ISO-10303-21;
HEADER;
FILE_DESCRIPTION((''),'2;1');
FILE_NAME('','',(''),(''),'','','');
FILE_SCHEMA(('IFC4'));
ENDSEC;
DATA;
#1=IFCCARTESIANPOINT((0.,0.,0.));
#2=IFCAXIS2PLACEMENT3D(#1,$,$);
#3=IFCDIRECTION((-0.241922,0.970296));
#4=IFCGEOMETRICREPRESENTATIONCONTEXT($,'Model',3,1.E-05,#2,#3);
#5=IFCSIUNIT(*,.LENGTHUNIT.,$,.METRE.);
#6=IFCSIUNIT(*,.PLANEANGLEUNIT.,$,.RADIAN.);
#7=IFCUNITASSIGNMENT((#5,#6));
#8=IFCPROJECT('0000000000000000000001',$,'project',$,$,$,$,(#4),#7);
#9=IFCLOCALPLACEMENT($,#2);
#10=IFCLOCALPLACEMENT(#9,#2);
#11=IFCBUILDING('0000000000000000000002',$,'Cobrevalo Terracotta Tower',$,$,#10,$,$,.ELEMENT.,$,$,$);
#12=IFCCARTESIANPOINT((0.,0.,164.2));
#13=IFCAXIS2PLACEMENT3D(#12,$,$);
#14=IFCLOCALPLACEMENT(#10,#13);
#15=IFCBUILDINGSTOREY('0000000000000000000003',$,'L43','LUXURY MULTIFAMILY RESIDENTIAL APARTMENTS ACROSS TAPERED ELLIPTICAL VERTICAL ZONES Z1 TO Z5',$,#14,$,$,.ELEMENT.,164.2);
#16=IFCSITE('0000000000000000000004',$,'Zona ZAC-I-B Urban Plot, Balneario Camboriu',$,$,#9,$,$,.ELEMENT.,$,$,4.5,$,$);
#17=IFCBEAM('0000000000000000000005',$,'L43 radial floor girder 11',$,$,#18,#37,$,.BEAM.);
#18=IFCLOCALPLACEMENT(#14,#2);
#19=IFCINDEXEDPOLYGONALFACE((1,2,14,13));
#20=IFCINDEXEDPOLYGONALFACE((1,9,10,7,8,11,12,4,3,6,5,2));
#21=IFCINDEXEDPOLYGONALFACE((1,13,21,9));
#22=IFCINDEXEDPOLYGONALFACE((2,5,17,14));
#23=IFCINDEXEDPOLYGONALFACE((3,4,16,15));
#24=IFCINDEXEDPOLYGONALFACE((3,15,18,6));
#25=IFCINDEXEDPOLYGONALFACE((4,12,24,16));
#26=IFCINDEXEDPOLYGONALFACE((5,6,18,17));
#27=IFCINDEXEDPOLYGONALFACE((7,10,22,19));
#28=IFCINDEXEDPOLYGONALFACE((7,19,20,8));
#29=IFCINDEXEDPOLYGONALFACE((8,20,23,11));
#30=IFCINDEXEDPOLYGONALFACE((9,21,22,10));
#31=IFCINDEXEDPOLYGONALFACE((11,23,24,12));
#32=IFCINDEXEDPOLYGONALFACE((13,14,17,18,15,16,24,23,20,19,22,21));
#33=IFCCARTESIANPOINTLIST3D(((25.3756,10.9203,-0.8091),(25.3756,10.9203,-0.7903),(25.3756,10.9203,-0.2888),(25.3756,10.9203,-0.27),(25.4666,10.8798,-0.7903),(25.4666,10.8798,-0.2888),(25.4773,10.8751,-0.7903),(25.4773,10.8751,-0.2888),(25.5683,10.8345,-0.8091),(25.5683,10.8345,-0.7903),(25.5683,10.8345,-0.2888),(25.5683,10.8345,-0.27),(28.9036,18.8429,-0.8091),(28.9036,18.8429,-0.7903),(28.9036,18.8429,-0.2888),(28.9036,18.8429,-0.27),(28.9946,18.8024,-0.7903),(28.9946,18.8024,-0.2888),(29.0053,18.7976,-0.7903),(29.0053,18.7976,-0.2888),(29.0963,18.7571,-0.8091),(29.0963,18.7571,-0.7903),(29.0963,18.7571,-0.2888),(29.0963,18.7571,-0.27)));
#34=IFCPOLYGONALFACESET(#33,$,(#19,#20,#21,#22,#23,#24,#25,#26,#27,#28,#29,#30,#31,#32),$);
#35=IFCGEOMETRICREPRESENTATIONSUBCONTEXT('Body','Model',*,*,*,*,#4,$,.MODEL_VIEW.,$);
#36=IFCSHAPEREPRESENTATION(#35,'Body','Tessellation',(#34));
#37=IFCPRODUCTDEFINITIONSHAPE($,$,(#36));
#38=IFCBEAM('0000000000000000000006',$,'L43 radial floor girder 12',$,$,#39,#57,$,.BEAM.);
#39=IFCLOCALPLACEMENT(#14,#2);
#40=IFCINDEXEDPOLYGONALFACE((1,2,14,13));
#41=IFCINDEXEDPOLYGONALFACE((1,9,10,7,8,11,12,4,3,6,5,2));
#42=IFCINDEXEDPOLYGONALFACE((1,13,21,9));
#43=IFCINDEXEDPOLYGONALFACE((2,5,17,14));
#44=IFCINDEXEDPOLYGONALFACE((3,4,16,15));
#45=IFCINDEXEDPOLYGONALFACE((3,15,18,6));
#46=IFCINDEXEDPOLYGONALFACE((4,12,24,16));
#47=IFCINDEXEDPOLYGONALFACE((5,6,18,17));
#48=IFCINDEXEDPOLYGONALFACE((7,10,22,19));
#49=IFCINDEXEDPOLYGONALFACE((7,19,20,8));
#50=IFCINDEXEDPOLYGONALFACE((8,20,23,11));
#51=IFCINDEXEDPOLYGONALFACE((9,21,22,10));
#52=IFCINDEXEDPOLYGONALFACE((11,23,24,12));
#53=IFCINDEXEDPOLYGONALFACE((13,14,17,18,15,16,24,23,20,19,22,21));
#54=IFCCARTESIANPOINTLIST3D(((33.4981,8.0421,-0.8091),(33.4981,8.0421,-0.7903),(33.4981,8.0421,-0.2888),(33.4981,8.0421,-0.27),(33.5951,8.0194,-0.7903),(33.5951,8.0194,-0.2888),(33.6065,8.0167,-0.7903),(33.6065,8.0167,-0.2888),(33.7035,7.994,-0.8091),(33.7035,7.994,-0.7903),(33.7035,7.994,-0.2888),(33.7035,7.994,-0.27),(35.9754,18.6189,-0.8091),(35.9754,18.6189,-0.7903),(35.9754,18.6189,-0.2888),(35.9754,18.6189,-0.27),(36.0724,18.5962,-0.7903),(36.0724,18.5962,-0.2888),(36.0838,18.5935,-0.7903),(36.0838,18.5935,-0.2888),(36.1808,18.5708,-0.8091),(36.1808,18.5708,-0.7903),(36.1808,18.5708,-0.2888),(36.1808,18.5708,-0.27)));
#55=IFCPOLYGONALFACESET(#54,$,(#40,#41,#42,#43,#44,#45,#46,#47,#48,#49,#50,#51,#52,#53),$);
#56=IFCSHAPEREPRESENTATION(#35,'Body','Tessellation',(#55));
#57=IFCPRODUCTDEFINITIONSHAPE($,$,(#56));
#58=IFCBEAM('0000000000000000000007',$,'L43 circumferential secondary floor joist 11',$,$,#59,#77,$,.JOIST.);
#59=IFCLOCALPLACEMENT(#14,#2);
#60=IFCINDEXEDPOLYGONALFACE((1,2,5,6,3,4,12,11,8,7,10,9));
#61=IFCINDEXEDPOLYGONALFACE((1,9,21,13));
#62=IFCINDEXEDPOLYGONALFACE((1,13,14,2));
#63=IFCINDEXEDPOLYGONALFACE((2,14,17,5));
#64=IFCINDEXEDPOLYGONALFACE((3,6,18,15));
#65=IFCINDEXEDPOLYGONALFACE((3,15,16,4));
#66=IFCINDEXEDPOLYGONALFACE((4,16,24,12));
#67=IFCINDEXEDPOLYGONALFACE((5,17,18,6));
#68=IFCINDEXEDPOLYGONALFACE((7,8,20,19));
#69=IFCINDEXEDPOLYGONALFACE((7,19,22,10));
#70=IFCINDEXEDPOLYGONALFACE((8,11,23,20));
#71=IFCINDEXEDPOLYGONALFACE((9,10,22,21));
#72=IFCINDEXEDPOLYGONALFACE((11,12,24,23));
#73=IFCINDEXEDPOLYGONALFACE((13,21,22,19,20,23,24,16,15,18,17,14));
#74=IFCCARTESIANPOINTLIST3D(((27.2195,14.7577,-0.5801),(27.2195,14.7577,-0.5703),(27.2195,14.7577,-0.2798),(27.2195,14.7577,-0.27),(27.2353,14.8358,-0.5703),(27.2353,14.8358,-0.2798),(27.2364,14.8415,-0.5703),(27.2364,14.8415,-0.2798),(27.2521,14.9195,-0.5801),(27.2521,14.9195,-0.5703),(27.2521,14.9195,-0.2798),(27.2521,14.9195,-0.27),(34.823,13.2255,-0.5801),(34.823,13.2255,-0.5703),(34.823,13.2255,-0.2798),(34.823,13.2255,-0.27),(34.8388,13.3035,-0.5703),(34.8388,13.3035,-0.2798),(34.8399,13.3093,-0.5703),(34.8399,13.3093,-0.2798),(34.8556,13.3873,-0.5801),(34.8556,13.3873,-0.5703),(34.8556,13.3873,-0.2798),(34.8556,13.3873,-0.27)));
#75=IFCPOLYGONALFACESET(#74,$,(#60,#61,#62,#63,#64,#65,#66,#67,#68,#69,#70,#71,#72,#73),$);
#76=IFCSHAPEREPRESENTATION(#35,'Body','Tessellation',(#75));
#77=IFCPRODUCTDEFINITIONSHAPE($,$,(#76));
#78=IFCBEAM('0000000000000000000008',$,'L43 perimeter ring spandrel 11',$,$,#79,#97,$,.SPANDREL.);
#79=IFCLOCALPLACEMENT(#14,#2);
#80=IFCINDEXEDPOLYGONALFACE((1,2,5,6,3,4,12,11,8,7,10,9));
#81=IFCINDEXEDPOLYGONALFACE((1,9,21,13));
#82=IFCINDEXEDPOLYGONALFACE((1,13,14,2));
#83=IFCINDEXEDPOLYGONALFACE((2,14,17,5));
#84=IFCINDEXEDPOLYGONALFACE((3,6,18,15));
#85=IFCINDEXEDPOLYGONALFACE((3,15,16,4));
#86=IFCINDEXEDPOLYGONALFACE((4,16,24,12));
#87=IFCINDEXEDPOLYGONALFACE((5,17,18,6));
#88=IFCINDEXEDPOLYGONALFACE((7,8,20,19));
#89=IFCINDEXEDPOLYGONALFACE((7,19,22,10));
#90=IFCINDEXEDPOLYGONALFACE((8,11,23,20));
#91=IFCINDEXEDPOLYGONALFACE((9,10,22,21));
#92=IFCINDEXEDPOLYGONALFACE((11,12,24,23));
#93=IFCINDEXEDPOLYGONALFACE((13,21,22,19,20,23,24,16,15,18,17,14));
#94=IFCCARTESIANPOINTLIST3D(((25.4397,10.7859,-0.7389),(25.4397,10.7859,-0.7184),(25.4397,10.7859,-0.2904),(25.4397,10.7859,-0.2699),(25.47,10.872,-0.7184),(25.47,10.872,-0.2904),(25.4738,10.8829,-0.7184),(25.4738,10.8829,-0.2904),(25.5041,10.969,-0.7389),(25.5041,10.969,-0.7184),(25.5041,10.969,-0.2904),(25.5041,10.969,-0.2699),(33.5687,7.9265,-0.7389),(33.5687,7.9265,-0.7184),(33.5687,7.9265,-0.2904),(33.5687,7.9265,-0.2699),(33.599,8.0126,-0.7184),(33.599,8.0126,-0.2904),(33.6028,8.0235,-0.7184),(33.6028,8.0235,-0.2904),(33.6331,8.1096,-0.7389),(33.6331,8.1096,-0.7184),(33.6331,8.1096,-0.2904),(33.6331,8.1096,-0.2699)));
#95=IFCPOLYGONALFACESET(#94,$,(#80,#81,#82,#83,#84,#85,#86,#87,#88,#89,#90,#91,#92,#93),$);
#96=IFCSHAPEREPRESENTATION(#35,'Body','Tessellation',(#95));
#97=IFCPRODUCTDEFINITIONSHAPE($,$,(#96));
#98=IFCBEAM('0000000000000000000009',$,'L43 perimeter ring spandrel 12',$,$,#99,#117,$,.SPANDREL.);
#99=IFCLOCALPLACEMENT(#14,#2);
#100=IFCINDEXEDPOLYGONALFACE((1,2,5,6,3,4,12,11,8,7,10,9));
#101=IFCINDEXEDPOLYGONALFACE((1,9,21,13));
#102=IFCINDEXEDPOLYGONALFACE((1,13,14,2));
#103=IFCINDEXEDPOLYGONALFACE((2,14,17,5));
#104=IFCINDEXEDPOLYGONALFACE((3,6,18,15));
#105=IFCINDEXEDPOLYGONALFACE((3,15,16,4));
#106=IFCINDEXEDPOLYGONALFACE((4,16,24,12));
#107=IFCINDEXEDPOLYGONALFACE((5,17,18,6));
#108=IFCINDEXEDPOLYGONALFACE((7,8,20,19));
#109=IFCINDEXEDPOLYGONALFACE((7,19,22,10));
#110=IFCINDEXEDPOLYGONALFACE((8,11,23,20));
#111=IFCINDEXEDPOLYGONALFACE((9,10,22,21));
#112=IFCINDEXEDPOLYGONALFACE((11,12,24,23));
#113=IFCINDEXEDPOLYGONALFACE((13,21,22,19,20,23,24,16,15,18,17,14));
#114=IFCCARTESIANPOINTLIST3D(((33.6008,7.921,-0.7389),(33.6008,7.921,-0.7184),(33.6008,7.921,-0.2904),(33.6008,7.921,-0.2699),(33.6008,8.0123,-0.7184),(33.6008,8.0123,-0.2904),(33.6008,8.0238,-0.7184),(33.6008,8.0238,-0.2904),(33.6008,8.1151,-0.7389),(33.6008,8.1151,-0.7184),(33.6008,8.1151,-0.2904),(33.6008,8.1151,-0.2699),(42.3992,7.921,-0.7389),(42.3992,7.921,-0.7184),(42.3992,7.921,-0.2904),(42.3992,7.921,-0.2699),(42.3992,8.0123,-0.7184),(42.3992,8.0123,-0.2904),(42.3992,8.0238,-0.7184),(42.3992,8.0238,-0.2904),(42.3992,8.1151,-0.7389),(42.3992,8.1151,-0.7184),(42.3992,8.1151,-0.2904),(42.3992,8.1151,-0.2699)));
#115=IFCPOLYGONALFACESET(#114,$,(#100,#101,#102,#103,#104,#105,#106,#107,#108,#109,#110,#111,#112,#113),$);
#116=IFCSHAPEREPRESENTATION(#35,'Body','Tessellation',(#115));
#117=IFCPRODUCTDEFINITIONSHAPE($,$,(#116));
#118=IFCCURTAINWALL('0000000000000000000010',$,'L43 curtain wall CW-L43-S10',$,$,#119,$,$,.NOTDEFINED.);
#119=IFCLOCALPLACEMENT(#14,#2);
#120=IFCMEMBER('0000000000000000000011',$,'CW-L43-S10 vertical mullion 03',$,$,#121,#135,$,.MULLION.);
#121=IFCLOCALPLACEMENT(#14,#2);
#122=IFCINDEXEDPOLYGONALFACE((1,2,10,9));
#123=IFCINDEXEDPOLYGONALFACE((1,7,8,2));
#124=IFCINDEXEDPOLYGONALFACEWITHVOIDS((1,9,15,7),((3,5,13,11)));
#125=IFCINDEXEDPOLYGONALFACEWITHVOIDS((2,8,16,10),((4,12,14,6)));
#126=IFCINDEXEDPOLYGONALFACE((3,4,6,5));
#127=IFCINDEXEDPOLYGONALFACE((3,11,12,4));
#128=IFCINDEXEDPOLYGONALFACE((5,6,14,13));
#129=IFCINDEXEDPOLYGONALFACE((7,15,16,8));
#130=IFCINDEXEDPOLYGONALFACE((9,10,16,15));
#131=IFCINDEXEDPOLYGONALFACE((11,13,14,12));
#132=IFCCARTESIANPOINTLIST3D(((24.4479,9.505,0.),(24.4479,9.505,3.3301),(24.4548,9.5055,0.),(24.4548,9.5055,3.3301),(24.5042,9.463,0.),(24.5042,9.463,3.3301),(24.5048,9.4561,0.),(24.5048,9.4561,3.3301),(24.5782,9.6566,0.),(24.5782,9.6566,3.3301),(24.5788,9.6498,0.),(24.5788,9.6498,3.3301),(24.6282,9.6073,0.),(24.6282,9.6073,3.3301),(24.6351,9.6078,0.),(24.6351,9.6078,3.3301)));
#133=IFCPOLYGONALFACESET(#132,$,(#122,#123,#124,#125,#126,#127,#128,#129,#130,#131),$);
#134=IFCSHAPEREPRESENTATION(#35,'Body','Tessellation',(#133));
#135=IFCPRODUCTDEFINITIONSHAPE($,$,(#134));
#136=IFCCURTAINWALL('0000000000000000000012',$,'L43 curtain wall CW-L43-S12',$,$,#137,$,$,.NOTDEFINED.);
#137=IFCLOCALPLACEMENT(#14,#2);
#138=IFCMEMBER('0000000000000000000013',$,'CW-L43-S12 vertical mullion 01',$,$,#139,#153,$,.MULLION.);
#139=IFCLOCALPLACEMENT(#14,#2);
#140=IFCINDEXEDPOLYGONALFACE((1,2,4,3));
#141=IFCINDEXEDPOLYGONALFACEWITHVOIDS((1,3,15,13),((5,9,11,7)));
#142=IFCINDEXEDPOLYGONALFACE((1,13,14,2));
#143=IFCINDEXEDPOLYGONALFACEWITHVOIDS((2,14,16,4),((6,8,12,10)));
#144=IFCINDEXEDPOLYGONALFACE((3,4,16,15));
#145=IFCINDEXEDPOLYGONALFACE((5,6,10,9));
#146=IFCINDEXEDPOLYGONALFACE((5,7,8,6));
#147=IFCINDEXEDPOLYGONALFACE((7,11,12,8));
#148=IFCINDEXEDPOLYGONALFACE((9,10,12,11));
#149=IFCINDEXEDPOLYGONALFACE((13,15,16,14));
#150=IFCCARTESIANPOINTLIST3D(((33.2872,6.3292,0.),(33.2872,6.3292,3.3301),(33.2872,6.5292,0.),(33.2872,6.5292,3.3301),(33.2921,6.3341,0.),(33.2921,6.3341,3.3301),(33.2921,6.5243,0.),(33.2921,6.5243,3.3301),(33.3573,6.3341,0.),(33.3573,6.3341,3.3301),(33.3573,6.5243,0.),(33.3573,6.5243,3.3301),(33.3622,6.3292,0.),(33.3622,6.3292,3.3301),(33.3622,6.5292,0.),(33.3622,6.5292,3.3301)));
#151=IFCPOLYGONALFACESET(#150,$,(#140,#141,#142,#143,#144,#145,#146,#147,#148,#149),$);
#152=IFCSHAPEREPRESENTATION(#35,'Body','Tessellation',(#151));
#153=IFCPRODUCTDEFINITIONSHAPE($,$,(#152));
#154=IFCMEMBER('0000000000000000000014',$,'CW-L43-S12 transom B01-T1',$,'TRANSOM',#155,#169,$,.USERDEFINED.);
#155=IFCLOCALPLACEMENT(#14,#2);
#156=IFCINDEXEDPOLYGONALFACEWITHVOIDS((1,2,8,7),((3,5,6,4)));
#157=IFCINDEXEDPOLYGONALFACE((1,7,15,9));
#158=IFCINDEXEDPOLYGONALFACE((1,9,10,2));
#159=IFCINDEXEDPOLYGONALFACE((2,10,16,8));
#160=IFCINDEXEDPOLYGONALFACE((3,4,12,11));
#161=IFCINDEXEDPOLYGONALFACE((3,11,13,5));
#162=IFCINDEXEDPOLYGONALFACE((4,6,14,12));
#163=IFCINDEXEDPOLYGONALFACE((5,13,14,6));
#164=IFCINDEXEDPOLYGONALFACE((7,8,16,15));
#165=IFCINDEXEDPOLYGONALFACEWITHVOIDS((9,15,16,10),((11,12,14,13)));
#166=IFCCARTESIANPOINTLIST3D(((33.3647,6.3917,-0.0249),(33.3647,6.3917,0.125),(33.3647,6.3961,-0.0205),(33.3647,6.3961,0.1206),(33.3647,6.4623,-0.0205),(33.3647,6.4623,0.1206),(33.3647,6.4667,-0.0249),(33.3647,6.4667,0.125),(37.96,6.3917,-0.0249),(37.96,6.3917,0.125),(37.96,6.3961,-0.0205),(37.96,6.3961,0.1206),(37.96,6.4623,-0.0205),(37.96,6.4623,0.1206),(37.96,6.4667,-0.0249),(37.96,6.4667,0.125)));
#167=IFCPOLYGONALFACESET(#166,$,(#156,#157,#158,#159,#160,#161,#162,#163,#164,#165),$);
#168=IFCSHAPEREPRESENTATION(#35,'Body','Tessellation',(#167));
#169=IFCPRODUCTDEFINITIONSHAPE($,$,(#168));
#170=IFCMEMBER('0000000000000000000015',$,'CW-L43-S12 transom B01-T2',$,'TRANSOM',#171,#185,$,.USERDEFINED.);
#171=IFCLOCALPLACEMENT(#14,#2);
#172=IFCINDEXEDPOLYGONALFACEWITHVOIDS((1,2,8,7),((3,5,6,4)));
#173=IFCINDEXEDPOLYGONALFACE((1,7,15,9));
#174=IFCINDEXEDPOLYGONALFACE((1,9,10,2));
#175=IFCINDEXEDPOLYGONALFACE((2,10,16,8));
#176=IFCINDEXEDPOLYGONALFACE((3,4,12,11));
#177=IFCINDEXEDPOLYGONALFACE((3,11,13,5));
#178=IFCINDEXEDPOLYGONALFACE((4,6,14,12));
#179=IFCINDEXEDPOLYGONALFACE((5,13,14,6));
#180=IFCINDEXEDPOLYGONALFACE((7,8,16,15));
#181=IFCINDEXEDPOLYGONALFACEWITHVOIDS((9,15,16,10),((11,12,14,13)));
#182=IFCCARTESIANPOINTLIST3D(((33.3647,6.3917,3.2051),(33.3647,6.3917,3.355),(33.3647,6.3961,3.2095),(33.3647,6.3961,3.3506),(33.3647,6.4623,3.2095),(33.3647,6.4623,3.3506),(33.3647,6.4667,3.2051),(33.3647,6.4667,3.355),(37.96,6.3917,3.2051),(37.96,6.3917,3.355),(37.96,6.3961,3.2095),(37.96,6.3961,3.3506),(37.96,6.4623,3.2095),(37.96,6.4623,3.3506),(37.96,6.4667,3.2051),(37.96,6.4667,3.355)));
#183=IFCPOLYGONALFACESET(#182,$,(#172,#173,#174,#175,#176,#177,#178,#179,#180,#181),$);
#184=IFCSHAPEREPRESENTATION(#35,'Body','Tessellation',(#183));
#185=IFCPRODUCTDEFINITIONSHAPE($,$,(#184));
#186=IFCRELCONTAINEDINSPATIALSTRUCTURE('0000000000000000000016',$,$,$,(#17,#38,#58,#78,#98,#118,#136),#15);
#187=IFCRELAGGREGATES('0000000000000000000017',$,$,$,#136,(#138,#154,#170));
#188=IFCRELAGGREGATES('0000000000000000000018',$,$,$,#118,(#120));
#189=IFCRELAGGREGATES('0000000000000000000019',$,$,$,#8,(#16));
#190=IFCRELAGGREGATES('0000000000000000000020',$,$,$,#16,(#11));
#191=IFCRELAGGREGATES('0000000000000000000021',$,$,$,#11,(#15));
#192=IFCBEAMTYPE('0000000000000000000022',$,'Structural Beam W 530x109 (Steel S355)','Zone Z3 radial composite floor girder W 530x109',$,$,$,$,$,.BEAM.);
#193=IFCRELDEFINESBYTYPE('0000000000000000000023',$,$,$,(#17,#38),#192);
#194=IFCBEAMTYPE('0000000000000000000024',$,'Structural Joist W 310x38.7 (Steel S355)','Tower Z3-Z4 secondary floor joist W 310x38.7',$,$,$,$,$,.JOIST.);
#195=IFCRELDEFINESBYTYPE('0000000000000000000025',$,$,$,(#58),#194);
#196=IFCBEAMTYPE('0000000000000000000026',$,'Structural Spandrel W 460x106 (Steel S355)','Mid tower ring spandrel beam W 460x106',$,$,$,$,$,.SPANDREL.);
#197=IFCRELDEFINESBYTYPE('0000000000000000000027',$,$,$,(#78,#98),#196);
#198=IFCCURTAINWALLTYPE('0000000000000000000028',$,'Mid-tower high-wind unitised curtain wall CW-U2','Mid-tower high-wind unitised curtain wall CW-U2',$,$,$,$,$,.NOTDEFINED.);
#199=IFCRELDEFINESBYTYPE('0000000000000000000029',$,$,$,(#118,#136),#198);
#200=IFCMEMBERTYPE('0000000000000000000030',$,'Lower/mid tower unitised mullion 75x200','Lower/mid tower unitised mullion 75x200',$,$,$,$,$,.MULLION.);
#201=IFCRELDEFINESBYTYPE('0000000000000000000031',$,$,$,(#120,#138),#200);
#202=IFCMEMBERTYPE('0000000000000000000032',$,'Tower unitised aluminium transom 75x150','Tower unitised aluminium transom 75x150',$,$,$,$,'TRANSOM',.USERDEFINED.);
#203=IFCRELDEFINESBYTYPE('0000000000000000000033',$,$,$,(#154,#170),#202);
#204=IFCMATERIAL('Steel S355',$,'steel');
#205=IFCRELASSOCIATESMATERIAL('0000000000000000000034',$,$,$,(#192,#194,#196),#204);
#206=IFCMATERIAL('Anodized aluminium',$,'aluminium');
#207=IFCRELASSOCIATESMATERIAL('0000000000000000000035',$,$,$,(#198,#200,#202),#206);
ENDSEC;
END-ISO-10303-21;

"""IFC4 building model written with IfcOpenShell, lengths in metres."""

from ifc_helpers import new_model, si_unit, direction, frame, origin, origin_2d, place, context, subcontext, project, spatial, hollow_rectangle, i_section, extrude, source, transform, mapped, material, material_profile, profile_set, type_object, element, aggregate, save


model = new_model("IFC4")

# Units and contexts
model_context = context("Model", 3, precision=1e-05, world=origin(), true_north=direction((-0.241922, 0.970296)))
body_context = subcontext(model_context, "Body", "Model", "MODEL_VIEW")
ifc_project = project(units=[si_unit("LENGTHUNIT", "METRE"), si_unit("PLANEANGLEUNIT", "RADIAN")], contexts=[model_context])

# Site, building, storey
site_placement = place(None, origin())
site = spatial("IfcSite", under=ifc_project, at=site_placement, Name="Zona ZAC-I-B Urban Plot, Balneario Camboriu", CompositionType="ELEMENT", RefElevation=4.5)
building_placement = place(site_placement, origin())
building = spatial("IfcBuilding", under=site, at=building_placement, Name="Cobrevalo Terracotta Tower", CompositionType="ELEMENT")
storey_placement = place(building_placement, frame((0.0, 0.0, 164.2)))
storey = spatial("IfcBuildingStorey", under=building, at=storey_placement, Name="L43", Description="LUXURY MULTIFAMILY RESIDENTIAL APARTMENTS ACROSS TAPERED ELLIPTICAL VERTICAL ZONES Z1 TO Z5", CompositionType="ELEMENT", Elevation=164.2)

# Shared definitions
ifc_material_1 = material(Name="Steel S355", Category="steel")

# Beams
ifc_material_profile_1 = material_profile(ifc_material_1, i_section(OverallWidth=0.2109, OverallDepth=0.5391, WebThickness=0.0117, FlangeThickness=0.0188, at=origin_2d()), Name="W 530x109")
ifc_profile_set_1 = profile_set([ifc_material_profile_1], Name="Steel S355")
beam_type_1 = type_object("IfcBeamType", Name="Structural Beam W 530x109 (Steel S355)", Description="Zone Z3 radial composite floor girder W 530x109", PredefinedType="BEAM", material=ifc_profile_set_1)
beam_1_placement = place(storey_placement, frame((25.4719, 10.8774, -0.5396), z_axis=(0.406804, 0.913515, 0.0), x_axis=(-0.913515, 0.406804, 0.0)))
element("IfcBeam", 1, at=beam_1_placement, inside=storey, type_object=beam_type_1, Name="L43 radial floor girder 11", PredefinedType="BEAM", context=body_context, shape_type="SweptSolid", body=[
    extrude(i_section(OverallWidth=0.2109, OverallDepth=0.5391, WebThickness=0.0117, FlangeThickness=0.0188, at=origin_2d()), origin(), (0.0, 0.0, 1.0), 8.6726),
])
beam_2_placement = place(storey_placement, frame((33.6008, 8.0181, -0.5396), z_axis=(0.228046, 0.97365, 0.0), x_axis=(-0.97365, 0.228046, 0.0)))
element("IfcBeam", 2, at=beam_2_placement, inside=storey, type_object=beam_type_1, Name="L43 radial floor girder 12", PredefinedType="BEAM", context=body_context, shape_type="SweptSolid", body=[
    extrude(i_section(OverallWidth=0.2109, OverallDepth=0.5391, WebThickness=0.0117, FlangeThickness=0.0188, at=origin_2d()), origin(), (0.0, 0.0, 1.0), 10.863),
])
ifc_material_profile_2 = material_profile(ifc_material_1, i_section(OverallWidth=0.165, OverallDepth=0.3101, WebThickness=0.0059, FlangeThickness=0.0098, at=origin_2d()), Name="W 310x38.7")
ifc_profile_set_2 = profile_set([ifc_material_profile_2], Name="Steel S355")
beam_type_2 = type_object("IfcBeamType", Name="Structural Joist W 310x38.7 (Steel S355)", Description="Tower Z3-Z4 secondary floor joist W 310x38.7", PredefinedType="JOIST", material=ifc_profile_set_2)
beam_3_placement = place(storey_placement, frame((27.2358, 14.8386, -0.425), z_axis=(0.980294, -0.197544, 0.0), x_axis=(0.197544, 0.980294, 0.0)))
element("IfcBeam", 3, at=beam_3_placement, inside=storey, type_object=beam_type_2, Name="L43 circumferential secondary floor joist 11", PredefinedType="JOIST", context=body_context, shape_type="SweptSolid", body=[
    extrude(i_section(OverallWidth=0.165, OverallDepth=0.3101, WebThickness=0.0059, FlangeThickness=0.0098, at=origin_2d()), origin(), (0.0, 0.0, 1.0), 7.7563),
])
ifc_material_profile_3 = material_profile(ifc_material_1, i_section(OverallWidth=0.1941, OverallDepth=0.469, WebThickness=0.0115, FlangeThickness=0.0205, at=origin_2d()), Name="W 460x106")
ifc_profile_set_3 = profile_set([ifc_material_profile_3], Name="Steel S355")
beam_type_3 = type_object("IfcBeamType", Name="Structural Spandrel W 460x106 (Steel S355)", Description="Mid tower ring spandrel beam W 460x106", PredefinedType="SPANDREL", material=ifc_profile_set_3)
beam_4_placement = place(storey_placement, frame((25.4719, 10.8774, -0.5044), z_axis=(0.943341, -0.331824, 0.0), x_axis=(0.331824, 0.943341, 0.0)))
element("IfcBeam", 4, at=beam_4_placement, inside=storey, type_object=beam_type_3, Name="L43 perimeter ring spandrel 11", PredefinedType="SPANDREL", context=body_context, shape_type="SweptSolid", body=[
    extrude(i_section(OverallWidth=0.1941, OverallDepth=0.469, WebThickness=0.0115, FlangeThickness=0.0205, at=origin_2d()), origin(), (0.0, 0.0, 1.0), 8.6172),
])
beam_5_placement = place(storey_placement, frame((33.6008, 8.0181, -0.5044), z_axis=(1.0, 0.0, 0.0), x_axis=(0.0, 1.0, 0.0)))
element("IfcBeam", 5, at=beam_5_placement, inside=storey, type_object=beam_type_3, Name="L43 perimeter ring spandrel 12", PredefinedType="SPANDREL", context=body_context, shape_type="SweptSolid", body=[
    extrude(i_section(OverallWidth=0.1941, OverallDepth=0.469, WebThickness=0.0115, FlangeThickness=0.0205, at=origin_2d()), origin(), (0.0, 0.0, 1.0), 8.7983),
])

# Curtain wall, member
ifc_material_2 = material(Name="Anodized aluminium", Category="aluminium")
curtain_wall_type = type_object("IfcCurtainWallType", Name="Mid-tower high-wind unitised curtain wall CW-U2", Description="Mid-tower high-wind unitised curtain wall CW-U2", PredefinedType="NOTDEFINED", material=ifc_material_2)
curtain_wall_1_placement = place(storey_placement, origin())
curtain_wall_1 = element("IfcCurtainWall", 6, at=curtain_wall_1_placement, inside=storey, type_object=curtain_wall_type, Name="L43 curtain wall CW-L43-S10", PredefinedType="NOTDEFINED")
ifc_material_profile_4 = material_profile(ifc_material_2, hollow_rectangle(XDim=0.075, YDim=0.2, WallThickness=0.0049, at=origin_2d()), Name="CWM 75x200")
ifc_profile_set_4 = profile_set([ifc_material_profile_4], Name="Anodized aluminium")
member_type_1 = type_object("IfcMemberType", Name="Lower/mid tower unitised mullion 75x200", Description="Lower/mid tower unitised mullion 75x200", PredefinedType="MULLION", material=ifc_profile_set_4)
shared_shape_1 = source(origin(), body_context, "Body", "SweptSolid", [
    extrude(hollow_rectangle(XDim=0.075, YDim=0.2, WallThickness=0.0049, at=origin_2d()), origin(), (0.0, 0.0, 1.0), 3.3301),
])
member_1_placement = place(storey_placement, frame((24.5415, 9.5564, 0.0), z_axis=(0.0, 0.0, 1.0), x_axis=(0.758442, -0.651741, 0.0)))
member_1 = element("IfcMember", 7, at=member_1_placement, type_object=member_type_1, Name="CW-L43-S10 vertical mullion 03", PredefinedType="MULLION", context=body_context, shape_type="MappedRepresentation", body=[
    mapped(shared_shape_1, transform((0.0, 0.0, 0.0), scale=1.0)),
])

# Curtain wall, members
curtain_wall_2_placement = place(storey_placement, origin())
curtain_wall_2 = element("IfcCurtainWall", 8, at=curtain_wall_2_placement, inside=storey, type_object=curtain_wall_type, Name="L43 curtain wall CW-L43-S12", PredefinedType="NOTDEFINED")
member_2_placement = place(storey_placement, frame((33.3247, 6.4292, 0.0), z_axis=(0.0, 0.0, 1.0), x_axis=(1.0, 0.0, 0.0)))
member_2 = element("IfcMember", 9, at=member_2_placement, type_object=member_type_1, Name="CW-L43-S12 vertical mullion 01", PredefinedType="MULLION", context=body_context, shape_type="MappedRepresentation", body=[
    mapped(shared_shape_1, transform((0.0, 0.0, 0.0), scale=1.0)),
])
ifc_material_profile_5 = material_profile(ifc_material_2, hollow_rectangle(XDim=0.075, YDim=0.1499, WallThickness=0.0044, at=origin_2d()), Name="CWT 75x150")
ifc_profile_set_5 = profile_set([ifc_material_profile_5], Name="Anodized aluminium")
member_type_2 = type_object("IfcMemberType", Name="Tower unitised aluminium transom 75x150", Description="Tower unitised aluminium transom 75x150", ElementType="TRANSOM", PredefinedType="USERDEFINED", material=ifc_profile_set_5)
shared_shape_2 = source(origin(), body_context, "Body", "SweptSolid", [
    extrude(hollow_rectangle(XDim=0.075, YDim=0.1499, WallThickness=0.0044, at=origin_2d()), origin(), (0.0, 0.0, 1.0), 4.5952),
])
member_3_placement = place(storey_placement, frame((33.3647, 6.4292, 0.05), z_axis=(1.0, 0.0, 0.0), x_axis=(0.0, 1.0, 0.0)))
member_3 = element("IfcMember", 10, at=member_3_placement, type_object=member_type_2, Name="CW-L43-S12 transom B01-T1", ObjectType="TRANSOM", PredefinedType="USERDEFINED", context=body_context, shape_type="MappedRepresentation", body=[
    mapped(shared_shape_2, transform((0.0, 0.0, 0.0), scale=1.0)),
])
member_4_placement = place(storey_placement, frame((33.3647, 6.4292, 3.28), z_axis=(1.0, 0.0, 0.0), x_axis=(0.0, 1.0, 0.0)))
member_4 = element("IfcMember", 11, at=member_4_placement, type_object=member_type_2, Name="CW-L43-S12 transom B01-T2", ObjectType="TRANSOM", PredefinedType="USERDEFINED", context=body_context, shape_type="MappedRepresentation", body=[
    mapped(shared_shape_2, transform((0.0, 0.0, 0.0), scale=1.0)),
])
aggregate(curtain_wall_2, [member_2, member_3, member_4])

aggregate(curtain_wall_1, [member_1])

save(model, "model.ifc")
